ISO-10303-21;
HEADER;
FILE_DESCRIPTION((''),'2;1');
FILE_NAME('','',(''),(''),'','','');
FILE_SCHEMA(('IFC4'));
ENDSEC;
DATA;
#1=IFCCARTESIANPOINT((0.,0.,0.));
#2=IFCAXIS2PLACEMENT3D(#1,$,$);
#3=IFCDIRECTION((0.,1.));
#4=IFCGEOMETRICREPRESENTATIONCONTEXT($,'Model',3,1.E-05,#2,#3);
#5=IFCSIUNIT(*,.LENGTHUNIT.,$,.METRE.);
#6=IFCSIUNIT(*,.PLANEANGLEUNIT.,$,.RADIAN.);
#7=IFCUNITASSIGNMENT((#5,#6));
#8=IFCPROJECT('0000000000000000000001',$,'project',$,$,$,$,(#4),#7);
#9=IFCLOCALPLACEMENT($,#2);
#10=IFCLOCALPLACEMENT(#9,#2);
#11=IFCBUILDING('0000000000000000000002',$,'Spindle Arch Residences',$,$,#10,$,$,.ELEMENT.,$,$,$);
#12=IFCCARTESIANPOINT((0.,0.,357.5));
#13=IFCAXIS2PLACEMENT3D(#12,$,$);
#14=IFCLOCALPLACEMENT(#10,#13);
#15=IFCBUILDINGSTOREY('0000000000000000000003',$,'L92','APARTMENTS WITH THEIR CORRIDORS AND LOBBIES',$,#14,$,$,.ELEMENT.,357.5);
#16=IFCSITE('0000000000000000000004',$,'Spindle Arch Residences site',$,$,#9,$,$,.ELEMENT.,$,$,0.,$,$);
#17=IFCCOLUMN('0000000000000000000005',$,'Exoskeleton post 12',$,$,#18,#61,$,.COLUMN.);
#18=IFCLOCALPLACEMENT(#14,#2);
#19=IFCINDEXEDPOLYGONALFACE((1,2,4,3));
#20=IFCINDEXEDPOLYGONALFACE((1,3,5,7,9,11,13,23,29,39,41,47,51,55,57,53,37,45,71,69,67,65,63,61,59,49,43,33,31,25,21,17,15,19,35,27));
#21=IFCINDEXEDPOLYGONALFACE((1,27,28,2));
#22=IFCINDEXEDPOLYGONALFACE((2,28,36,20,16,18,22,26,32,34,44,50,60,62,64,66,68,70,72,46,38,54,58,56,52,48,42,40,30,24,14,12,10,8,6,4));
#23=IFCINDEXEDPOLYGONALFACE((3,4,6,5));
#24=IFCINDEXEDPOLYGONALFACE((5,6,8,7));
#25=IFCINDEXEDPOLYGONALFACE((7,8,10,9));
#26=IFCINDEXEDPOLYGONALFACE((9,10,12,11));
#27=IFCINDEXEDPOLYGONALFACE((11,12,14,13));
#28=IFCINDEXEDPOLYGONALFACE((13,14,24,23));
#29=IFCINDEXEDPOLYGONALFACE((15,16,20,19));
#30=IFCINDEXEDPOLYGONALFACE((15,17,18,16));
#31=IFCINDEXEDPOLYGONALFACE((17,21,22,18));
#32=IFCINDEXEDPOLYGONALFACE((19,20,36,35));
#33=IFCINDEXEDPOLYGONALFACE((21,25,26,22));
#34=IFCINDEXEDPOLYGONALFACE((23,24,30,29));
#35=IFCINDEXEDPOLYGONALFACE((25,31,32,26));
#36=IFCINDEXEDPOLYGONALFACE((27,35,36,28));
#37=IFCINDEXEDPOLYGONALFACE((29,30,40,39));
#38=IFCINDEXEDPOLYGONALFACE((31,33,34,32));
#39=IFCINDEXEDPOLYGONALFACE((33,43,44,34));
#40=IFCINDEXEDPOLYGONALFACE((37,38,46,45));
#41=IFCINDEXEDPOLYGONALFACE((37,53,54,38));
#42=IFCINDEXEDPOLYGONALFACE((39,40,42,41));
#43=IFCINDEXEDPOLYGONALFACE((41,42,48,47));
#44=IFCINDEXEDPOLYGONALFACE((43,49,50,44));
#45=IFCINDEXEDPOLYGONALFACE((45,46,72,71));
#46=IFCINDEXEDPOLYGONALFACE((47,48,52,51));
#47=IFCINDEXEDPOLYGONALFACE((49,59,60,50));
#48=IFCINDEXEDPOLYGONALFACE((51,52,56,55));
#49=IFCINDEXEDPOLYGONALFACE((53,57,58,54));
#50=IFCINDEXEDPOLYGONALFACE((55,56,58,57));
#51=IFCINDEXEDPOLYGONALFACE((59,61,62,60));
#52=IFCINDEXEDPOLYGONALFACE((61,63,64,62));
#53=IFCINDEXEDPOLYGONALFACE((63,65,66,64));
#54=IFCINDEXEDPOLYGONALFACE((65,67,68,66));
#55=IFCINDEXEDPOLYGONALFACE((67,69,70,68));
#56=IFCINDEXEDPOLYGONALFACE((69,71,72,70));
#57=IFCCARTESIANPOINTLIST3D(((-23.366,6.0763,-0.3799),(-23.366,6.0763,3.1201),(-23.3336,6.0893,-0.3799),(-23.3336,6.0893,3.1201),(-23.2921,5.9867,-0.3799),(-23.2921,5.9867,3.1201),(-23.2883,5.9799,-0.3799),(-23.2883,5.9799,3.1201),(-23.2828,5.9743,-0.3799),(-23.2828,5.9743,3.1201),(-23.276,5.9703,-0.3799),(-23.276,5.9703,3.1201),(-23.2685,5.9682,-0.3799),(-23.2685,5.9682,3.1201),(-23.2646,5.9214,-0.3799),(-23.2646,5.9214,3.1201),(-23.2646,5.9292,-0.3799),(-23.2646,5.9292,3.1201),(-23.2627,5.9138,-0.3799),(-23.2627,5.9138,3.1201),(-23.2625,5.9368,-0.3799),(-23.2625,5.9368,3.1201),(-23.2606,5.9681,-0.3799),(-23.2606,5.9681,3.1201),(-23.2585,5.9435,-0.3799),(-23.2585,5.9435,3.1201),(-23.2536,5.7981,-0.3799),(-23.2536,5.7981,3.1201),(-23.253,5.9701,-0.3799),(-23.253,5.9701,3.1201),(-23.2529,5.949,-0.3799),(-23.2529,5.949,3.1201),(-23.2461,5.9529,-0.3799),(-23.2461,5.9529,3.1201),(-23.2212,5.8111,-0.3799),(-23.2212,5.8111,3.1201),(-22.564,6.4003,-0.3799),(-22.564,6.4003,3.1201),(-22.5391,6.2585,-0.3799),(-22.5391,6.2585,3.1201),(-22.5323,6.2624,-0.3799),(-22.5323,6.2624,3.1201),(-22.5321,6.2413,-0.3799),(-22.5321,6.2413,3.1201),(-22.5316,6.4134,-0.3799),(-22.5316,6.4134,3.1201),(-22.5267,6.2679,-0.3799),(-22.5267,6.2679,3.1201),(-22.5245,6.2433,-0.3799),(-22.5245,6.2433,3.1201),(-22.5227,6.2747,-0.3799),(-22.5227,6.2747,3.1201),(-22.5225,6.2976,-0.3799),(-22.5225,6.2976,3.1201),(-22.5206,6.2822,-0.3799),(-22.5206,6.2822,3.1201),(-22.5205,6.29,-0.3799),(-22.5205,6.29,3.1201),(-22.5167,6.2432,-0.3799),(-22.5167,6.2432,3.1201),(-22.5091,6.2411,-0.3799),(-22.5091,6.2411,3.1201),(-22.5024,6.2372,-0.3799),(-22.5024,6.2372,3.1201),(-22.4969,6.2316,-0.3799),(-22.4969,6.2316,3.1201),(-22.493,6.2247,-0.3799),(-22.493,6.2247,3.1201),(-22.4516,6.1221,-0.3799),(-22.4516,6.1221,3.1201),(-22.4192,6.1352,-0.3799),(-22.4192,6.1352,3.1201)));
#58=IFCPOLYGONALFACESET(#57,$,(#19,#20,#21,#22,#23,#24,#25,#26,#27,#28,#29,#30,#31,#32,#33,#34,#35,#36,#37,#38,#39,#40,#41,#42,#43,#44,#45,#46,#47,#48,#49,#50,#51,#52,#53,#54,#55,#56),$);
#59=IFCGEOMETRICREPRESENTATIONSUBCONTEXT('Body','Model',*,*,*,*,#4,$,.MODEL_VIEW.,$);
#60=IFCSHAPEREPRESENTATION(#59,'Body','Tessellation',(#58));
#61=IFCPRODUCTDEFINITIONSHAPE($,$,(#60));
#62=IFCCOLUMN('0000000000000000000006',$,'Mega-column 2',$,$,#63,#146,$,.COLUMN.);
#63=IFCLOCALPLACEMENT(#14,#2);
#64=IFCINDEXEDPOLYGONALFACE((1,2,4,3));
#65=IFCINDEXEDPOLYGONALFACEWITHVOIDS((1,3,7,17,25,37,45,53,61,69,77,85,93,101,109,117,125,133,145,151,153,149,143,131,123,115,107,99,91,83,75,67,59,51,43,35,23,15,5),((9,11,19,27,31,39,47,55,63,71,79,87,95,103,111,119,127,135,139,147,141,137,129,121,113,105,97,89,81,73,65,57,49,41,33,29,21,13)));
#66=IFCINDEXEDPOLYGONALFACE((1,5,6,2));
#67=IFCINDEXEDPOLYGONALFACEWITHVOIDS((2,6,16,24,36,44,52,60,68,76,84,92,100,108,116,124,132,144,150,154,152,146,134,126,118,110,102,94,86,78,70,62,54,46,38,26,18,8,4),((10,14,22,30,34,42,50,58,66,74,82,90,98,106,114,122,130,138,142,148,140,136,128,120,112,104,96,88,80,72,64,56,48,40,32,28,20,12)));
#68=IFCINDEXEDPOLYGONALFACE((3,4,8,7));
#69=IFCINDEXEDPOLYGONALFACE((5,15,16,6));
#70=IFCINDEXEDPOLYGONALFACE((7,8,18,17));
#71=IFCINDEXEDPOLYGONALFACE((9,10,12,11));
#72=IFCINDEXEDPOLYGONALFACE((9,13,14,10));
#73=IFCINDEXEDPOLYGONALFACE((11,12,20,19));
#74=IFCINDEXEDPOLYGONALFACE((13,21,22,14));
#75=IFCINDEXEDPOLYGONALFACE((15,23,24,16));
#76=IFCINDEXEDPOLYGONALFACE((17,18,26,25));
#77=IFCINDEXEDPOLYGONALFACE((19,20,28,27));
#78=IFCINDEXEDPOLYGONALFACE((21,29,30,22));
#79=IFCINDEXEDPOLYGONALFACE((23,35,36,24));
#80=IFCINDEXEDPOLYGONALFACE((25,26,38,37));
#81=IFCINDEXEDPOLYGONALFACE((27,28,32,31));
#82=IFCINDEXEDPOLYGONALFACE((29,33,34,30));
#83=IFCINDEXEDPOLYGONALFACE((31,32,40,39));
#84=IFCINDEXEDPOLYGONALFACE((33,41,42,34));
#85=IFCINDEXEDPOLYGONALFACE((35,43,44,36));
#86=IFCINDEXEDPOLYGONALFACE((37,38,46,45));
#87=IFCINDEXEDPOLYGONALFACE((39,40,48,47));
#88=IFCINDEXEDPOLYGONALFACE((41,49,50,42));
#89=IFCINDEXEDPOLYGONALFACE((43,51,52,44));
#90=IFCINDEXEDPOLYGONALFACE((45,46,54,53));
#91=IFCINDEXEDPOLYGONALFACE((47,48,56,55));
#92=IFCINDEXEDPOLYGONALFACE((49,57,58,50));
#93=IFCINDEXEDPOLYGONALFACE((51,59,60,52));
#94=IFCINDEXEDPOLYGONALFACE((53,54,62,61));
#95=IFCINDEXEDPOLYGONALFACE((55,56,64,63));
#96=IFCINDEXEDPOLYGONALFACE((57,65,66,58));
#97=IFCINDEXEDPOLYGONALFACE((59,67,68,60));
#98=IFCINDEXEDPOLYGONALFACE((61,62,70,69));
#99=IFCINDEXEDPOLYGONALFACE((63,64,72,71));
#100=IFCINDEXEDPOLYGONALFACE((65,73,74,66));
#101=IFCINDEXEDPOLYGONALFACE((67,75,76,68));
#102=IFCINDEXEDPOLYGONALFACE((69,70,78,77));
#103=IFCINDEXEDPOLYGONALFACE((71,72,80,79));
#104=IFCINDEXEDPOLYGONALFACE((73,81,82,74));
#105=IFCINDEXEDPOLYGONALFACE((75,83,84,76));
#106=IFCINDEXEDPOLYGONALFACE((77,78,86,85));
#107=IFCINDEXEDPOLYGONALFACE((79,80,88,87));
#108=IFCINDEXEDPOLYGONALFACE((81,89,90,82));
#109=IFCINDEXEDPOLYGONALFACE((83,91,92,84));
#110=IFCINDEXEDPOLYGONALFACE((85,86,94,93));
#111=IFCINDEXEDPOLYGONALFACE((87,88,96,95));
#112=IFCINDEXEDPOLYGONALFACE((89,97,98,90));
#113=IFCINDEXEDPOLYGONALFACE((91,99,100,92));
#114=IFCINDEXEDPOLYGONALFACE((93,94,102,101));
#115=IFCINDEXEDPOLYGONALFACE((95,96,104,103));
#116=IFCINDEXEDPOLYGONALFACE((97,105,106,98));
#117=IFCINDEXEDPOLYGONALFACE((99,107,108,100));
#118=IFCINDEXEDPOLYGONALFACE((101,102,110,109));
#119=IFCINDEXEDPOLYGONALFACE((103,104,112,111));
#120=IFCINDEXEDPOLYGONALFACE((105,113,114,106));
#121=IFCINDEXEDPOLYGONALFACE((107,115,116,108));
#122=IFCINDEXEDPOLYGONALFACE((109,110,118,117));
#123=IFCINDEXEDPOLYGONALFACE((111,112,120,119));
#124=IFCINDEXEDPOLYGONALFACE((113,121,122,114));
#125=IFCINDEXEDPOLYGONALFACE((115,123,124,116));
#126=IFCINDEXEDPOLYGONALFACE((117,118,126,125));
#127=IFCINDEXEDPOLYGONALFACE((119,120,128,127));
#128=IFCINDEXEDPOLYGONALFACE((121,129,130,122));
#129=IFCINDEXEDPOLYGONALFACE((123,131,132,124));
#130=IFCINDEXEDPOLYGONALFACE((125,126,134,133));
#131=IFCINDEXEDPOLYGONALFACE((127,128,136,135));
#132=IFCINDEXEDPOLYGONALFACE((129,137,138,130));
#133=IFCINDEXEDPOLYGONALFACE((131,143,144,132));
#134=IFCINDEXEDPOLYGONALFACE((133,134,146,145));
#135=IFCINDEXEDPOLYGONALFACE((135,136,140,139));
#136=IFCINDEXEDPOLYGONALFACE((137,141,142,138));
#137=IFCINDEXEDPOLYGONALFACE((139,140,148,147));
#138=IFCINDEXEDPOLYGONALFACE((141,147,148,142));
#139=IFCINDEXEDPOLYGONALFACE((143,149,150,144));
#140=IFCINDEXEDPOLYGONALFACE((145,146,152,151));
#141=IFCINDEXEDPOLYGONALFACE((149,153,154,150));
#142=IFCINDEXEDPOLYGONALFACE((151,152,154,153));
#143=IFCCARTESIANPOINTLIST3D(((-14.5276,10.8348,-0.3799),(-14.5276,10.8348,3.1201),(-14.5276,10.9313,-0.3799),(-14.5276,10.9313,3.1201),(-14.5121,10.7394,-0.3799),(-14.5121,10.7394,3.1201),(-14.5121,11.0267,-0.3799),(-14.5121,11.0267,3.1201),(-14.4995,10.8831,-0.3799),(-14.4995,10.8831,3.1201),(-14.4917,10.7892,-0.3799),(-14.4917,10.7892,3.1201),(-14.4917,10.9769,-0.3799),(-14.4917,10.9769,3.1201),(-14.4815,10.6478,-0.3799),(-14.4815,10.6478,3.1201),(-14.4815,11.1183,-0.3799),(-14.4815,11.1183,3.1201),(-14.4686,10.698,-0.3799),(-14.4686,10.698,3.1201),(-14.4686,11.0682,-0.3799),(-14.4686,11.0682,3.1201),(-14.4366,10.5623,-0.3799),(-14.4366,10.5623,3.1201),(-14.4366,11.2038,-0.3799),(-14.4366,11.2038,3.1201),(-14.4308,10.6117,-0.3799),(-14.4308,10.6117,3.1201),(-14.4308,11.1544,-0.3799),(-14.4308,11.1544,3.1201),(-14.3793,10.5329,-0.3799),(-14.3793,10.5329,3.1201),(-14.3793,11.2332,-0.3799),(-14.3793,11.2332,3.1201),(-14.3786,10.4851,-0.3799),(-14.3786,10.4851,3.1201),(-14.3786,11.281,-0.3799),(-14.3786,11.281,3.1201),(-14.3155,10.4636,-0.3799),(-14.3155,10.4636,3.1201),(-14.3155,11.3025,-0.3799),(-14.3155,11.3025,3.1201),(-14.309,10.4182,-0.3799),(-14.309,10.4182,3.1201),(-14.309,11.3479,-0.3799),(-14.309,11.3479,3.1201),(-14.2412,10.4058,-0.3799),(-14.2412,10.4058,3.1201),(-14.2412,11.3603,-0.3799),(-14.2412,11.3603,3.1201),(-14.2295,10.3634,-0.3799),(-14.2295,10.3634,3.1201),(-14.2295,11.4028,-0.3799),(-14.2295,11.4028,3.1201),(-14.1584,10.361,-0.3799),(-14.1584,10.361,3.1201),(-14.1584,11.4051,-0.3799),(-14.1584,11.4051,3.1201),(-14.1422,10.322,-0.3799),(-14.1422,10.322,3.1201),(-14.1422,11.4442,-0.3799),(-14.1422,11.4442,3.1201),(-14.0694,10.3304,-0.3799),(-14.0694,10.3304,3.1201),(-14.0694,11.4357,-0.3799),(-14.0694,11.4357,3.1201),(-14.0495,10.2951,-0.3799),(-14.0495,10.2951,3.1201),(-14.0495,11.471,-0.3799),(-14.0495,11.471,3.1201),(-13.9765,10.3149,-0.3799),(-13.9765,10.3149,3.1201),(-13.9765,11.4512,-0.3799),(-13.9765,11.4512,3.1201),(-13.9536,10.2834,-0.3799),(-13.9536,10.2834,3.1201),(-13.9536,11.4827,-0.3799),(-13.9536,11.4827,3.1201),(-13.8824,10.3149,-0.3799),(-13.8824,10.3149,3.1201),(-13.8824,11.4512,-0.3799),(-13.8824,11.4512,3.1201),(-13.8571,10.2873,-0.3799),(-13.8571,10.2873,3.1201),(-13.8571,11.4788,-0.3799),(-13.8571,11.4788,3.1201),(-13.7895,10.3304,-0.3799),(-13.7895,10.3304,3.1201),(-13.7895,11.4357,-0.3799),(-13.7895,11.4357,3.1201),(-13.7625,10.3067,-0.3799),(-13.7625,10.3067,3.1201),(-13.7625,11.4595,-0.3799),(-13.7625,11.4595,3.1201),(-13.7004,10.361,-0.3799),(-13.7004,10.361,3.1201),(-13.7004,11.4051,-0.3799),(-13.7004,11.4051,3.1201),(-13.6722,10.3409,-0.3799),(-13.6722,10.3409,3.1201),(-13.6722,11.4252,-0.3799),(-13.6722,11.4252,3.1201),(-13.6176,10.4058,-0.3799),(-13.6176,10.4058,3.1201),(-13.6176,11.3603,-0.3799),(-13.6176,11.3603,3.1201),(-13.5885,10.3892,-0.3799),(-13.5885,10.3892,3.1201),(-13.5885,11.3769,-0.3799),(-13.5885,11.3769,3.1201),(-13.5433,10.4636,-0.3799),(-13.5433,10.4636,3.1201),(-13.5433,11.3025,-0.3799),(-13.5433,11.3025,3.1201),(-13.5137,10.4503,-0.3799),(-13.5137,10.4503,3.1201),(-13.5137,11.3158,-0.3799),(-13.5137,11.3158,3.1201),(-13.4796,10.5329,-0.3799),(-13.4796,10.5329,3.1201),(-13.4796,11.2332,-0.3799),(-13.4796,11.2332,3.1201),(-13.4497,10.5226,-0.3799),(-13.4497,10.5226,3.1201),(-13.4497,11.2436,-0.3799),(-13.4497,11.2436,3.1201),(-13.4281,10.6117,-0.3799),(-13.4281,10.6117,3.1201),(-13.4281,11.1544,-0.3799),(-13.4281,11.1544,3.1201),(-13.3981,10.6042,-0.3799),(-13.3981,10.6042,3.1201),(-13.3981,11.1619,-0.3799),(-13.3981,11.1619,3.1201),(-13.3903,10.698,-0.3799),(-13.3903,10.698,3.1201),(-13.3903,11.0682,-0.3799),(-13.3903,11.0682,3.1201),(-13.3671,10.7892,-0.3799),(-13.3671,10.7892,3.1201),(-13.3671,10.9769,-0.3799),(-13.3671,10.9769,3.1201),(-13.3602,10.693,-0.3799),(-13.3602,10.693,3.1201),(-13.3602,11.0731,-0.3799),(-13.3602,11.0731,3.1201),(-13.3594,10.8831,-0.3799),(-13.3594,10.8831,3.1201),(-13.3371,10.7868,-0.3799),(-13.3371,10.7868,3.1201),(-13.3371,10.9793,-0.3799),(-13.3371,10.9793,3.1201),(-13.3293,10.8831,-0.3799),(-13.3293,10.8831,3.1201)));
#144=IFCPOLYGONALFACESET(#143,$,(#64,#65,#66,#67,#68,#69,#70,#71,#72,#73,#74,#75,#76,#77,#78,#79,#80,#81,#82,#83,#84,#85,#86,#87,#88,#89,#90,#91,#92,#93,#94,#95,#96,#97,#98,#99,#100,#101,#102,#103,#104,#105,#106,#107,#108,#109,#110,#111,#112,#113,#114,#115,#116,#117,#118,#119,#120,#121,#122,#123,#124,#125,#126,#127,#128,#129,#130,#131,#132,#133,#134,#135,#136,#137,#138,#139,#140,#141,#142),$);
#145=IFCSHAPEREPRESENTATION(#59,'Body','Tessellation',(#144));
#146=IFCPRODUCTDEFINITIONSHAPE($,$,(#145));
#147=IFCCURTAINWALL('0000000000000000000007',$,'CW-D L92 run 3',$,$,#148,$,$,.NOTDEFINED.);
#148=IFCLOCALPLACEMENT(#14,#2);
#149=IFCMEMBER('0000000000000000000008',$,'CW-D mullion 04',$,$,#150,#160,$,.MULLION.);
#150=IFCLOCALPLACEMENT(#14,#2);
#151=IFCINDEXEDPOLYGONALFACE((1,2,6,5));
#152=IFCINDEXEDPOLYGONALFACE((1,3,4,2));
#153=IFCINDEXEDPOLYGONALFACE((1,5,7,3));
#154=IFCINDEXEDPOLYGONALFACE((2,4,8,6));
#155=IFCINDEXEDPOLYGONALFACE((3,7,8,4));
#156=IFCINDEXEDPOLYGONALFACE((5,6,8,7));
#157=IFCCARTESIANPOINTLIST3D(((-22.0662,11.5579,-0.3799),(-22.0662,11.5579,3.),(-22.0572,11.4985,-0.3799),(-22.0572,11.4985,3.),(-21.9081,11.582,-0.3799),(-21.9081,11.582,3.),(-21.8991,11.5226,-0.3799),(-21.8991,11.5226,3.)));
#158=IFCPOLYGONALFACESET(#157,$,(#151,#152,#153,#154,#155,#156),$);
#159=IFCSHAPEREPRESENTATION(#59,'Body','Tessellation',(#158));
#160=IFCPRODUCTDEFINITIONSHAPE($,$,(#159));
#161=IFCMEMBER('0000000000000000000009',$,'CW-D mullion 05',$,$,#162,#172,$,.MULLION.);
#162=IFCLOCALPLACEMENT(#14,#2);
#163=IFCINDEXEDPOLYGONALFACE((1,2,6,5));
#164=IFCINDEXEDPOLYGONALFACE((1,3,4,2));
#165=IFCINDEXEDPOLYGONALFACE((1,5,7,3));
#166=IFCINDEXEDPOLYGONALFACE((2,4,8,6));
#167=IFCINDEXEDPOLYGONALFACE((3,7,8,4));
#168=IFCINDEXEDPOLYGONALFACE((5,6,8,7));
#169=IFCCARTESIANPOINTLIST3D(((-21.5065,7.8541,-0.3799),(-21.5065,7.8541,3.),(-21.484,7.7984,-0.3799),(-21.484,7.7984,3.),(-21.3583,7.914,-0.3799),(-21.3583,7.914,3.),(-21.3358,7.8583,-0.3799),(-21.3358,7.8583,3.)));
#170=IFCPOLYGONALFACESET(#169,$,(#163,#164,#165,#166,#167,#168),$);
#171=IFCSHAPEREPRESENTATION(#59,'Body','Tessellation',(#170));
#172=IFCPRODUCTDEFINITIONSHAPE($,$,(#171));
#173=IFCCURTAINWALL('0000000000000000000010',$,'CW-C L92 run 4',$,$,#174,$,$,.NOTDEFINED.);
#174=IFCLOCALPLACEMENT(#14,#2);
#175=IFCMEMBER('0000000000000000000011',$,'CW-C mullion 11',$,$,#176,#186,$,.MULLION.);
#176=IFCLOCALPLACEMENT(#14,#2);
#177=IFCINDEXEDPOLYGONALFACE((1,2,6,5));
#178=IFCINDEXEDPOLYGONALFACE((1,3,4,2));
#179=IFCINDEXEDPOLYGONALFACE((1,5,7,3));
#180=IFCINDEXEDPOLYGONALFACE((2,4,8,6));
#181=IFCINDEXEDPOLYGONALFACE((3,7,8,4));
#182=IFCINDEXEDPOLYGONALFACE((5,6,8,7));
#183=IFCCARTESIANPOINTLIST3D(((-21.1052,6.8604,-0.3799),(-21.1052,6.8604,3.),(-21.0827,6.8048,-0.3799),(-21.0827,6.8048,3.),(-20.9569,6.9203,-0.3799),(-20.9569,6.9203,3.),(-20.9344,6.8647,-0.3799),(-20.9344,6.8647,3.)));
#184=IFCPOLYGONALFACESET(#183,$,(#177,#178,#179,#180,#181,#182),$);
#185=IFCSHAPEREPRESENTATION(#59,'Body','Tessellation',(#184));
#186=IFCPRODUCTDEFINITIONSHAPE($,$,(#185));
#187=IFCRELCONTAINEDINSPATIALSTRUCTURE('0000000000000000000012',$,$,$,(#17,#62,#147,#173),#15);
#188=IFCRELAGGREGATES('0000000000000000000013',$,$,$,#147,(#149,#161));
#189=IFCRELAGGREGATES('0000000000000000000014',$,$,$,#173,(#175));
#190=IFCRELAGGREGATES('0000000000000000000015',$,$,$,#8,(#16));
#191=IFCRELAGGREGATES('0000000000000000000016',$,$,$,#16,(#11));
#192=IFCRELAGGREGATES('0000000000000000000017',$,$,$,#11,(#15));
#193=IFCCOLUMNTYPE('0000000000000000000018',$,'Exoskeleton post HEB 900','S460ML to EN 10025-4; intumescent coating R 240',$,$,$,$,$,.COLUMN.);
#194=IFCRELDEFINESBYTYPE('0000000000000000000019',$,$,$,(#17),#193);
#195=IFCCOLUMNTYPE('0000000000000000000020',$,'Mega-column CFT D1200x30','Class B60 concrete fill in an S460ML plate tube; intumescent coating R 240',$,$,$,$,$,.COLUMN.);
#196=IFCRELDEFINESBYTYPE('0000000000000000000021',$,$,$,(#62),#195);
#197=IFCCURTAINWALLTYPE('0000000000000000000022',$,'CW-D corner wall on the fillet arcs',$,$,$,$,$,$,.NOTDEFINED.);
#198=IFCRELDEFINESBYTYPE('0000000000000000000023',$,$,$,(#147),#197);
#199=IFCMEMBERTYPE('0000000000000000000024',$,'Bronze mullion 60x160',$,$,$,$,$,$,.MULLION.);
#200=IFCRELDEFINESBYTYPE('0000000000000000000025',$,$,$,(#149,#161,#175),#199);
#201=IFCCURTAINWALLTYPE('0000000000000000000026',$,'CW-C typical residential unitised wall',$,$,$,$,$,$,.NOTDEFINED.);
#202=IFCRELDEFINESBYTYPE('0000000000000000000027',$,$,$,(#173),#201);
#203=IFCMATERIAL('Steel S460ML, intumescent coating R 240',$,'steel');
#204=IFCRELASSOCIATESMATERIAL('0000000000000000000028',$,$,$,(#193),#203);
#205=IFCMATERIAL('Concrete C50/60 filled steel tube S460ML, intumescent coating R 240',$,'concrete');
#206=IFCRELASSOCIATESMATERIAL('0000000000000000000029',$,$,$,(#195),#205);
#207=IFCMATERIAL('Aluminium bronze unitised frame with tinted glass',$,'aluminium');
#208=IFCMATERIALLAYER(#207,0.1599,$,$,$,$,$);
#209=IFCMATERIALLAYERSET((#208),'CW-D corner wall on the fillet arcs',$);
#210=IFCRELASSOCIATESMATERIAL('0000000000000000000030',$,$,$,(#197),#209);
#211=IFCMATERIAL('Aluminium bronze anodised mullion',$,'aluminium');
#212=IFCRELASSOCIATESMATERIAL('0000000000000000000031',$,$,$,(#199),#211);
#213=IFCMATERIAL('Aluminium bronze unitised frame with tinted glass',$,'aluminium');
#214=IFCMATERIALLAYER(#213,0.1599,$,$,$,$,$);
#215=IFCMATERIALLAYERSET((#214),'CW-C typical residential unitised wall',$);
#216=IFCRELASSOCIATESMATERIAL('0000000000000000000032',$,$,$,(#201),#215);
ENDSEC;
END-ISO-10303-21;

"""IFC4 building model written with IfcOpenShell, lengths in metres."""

from ifc_helpers import new_model, si_unit, direction, frame, origin, origin_2d, place, context, subcontext, project, spatial, rectangle, hollow_circle, i_section, extrude, material, layer, layer_set, material_profile, profile_set, type_object, element, aggregate, save


model = new_model("IFC4")

# Units and contexts
model_context = context("Model", 3, precision=1e-05, world=origin(), true_north=direction((0.0, 1.0)))
body_context = subcontext(model_context, "Body", "Model", "MODEL_VIEW")
ifc_project = project(units=[si_unit("LENGTHUNIT", "METRE"), si_unit("PLANEANGLEUNIT", "RADIAN")], contexts=[model_context])

# Site, building, storey
site_placement = place(None, origin())
site = spatial("IfcSite", under=ifc_project, at=site_placement, Name="Spindle Arch Residences site", CompositionType="ELEMENT", RefElevation=0.0)
building_placement = place(site_placement, origin())
building = spatial("IfcBuilding", under=site, at=building_placement, Name="Spindle Arch Residences", CompositionType="ELEMENT")
storey_placement = place(building_placement, frame((0.0, 0.0, 357.5)))
storey = spatial("IfcBuildingStorey", under=building, at=storey_placement, Name="L92", Description="APARTMENTS WITH THEIR CORRIDORS AND LOBBIES", CompositionType="ELEMENT", Elevation=357.5)

# Columns
ifc_material_1 = material(Name="Steel S460ML, intumescent coating R 240", Category="steel")
ifc_material_profile_1 = material_profile(ifc_material_1, i_section(OverallWidth=0.3, OverallDepth=0.8999, WebThickness=0.0186, FlangeThickness=0.0349, FilletRadius=0.03, at=origin_2d()), Name="HEB 900")
ifc_profile_set_1 = profile_set([ifc_material_profile_1], Name="Steel S460ML, intumescent coating R 240")
column_type_1 = type_object("IfcColumnType", Name="Exoskeleton post HEB 900", Description="S460ML to EN 10025-4; intumescent coating R 240", PredefinedType="COLUMN", material=ifc_profile_set_1)
column_1_placement = place(storey_placement, frame((-22.8926, 6.1057, -0.3799), z_axis=(0.0, 0.0, 1.0), x_axis=(-0.374607, 0.927184, 0.0)))
element("IfcColumn", 1, at=column_1_placement, inside=storey, type_object=column_type_1, Name="Exoskeleton post 12", PredefinedType="COLUMN", context=body_context, shape_type="SweptSolid", body=[
    extrude(i_section(OverallWidth=0.3, OverallDepth=0.8999, WebThickness=0.0186, FlangeThickness=0.0349, FilletRadius=0.03, at=origin_2d()), origin(), (0.0, 0.0, 1.0), 3.5),
])
ifc_material_2 = material(Name="Concrete C50/60 filled steel tube S460ML, intumescent coating R 240", Category="concrete")
ifc_material_profile_2 = material_profile(ifc_material_2, hollow_circle(Radius=0.6001, WallThickness=0.03, at=origin_2d()), Name="CFT D1200x30")
ifc_profile_set_2 = profile_set([ifc_material_profile_2], Name="Concrete C50/60 filled steel tube S460ML, intumescent coating R 240")
column_type_2 = type_object("IfcColumnType", Name="Mega-column CFT D1200x30", Description="Class B60 concrete fill in an S460ML plate tube; intumescent coating R 240", PredefinedType="COLUMN", material=ifc_profile_set_2)
column_2_placement = place(storey_placement, frame((-13.9294, 10.8831, -0.3799), z_axis=(0.0, 0.0, 1.0), x_axis=(1.0, 0.0, 0.0)))
element("IfcColumn", 2, at=column_2_placement, inside=storey, type_object=column_type_2, Name="Mega-column 2", PredefinedType="COLUMN", context=body_context, shape_type="SweptSolid", body=[
    extrude(hollow_circle(Radius=0.6001, WallThickness=0.03, at=origin_2d()), origin(), (0.0, 0.0, 1.0), 3.5),
])

# Curtain wall, members
ifc_material_3 = material(Name="Aluminium bronze unitised frame with tinted glass", Category="aluminium")
ifc_layer_1 = layer(ifc_material_3, 0.1599)
ifc_layer_set_1 = layer_set([ifc_layer_1], Name="CW-D corner wall on the fillet arcs")
curtain_wall_type_1 = type_object("IfcCurtainWallType", Name="CW-D corner wall on the fillet arcs", PredefinedType="NOTDEFINED", material=ifc_layer_set_1)
curtain_wall_1_placement = place(storey_placement, origin())
curtain_wall_1 = element("IfcCurtainWall", 3, at=curtain_wall_1_placement, inside=storey, type_object=curtain_wall_type_1, Name="CW-D L92 run 3", PredefinedType="NOTDEFINED")
ifc_material_4 = material(Name="Aluminium bronze anodised mullion", Category="aluminium")
ifc_material_profile_3 = material_profile(ifc_material_4, rectangle(XDim=0.1599, YDim=0.0601, at=origin_2d()), Name="MU 60x160")
ifc_profile_set_3 = profile_set([ifc_material_profile_3], Name="Aluminium bronze anodised mullion")
member_type_1 = type_object("IfcMemberType", Name="Bronze mullion 60x160", PredefinedType="MULLION", material=ifc_profile_set_3)
member_1_placement = place(storey_placement, frame((-21.9827, 11.5403, -0.3799), z_axis=(0.0, 0.0, 1.0), x_axis=(0.988582, 0.150686, 0.0)))
member_1 = element("IfcMember", 4, at=member_1_placement, type_object=member_type_1, Name="CW-D mullion 04", PredefinedType="MULLION", context=body_context, shape_type="SweptSolid", body=[
    extrude(rectangle(XDim=0.1599, YDim=0.0601, at=origin_2d()), origin(), (0.0, 0.0, 1.0), 3.3799),
])
member_2_placement = place(storey_placement, frame((-21.4211, 7.8562, -0.3799), z_axis=(0.0, 0.0, 1.0), x_axis=(0.927184, 0.374607, 0.0)))
member_2 = element("IfcMember", 5, at=member_2_placement, type_object=member_type_1, Name="CW-D mullion 05", PredefinedType="MULLION", context=body_context, shape_type="SweptSolid", body=[
    extrude(rectangle(XDim=0.1599, YDim=0.0601, at=origin_2d()), origin(), (0.0, 0.0, 1.0), 3.3799),
])

# Curtain wall, member
ifc_material_5 = material(Name="Aluminium bronze unitised frame with tinted glass", Category="aluminium")
ifc_layer_2 = layer(ifc_material_5, 0.1599)
ifc_layer_set_2 = layer_set([ifc_layer_2], Name="CW-C typical residential unitised wall")
curtain_wall_type_2 = type_object("IfcCurtainWallType", Name="CW-C typical residential unitised wall", PredefinedType="NOTDEFINED", material=ifc_layer_set_2)
curtain_wall_2_placement = place(storey_placement, origin())
curtain_wall_2 = element("IfcCurtainWall", 6, at=curtain_wall_2_placement, inside=storey, type_object=curtain_wall_type_2, Name="CW-C L92 run 4", PredefinedType="NOTDEFINED")
member_3_placement = place(storey_placement, frame((-21.0198, 6.8625, -0.3799), z_axis=(0.0, 0.0, 1.0), x_axis=(0.927184, 0.374607, 0.0)))
member_3 = element("IfcMember", 7, at=member_3_placement, type_object=member_type_1, Name="CW-C mullion 11", PredefinedType="MULLION", context=body_context, shape_type="SweptSolid", body=[
    extrude(rectangle(XDim=0.1599, YDim=0.0601, at=origin_2d()), origin(), (0.0, 0.0, 1.0), 3.3799),
])

aggregate(curtain_wall_1, [member_1, member_2])
aggregate(curtain_wall_2, [member_3])

save(model, "model.ifc")
